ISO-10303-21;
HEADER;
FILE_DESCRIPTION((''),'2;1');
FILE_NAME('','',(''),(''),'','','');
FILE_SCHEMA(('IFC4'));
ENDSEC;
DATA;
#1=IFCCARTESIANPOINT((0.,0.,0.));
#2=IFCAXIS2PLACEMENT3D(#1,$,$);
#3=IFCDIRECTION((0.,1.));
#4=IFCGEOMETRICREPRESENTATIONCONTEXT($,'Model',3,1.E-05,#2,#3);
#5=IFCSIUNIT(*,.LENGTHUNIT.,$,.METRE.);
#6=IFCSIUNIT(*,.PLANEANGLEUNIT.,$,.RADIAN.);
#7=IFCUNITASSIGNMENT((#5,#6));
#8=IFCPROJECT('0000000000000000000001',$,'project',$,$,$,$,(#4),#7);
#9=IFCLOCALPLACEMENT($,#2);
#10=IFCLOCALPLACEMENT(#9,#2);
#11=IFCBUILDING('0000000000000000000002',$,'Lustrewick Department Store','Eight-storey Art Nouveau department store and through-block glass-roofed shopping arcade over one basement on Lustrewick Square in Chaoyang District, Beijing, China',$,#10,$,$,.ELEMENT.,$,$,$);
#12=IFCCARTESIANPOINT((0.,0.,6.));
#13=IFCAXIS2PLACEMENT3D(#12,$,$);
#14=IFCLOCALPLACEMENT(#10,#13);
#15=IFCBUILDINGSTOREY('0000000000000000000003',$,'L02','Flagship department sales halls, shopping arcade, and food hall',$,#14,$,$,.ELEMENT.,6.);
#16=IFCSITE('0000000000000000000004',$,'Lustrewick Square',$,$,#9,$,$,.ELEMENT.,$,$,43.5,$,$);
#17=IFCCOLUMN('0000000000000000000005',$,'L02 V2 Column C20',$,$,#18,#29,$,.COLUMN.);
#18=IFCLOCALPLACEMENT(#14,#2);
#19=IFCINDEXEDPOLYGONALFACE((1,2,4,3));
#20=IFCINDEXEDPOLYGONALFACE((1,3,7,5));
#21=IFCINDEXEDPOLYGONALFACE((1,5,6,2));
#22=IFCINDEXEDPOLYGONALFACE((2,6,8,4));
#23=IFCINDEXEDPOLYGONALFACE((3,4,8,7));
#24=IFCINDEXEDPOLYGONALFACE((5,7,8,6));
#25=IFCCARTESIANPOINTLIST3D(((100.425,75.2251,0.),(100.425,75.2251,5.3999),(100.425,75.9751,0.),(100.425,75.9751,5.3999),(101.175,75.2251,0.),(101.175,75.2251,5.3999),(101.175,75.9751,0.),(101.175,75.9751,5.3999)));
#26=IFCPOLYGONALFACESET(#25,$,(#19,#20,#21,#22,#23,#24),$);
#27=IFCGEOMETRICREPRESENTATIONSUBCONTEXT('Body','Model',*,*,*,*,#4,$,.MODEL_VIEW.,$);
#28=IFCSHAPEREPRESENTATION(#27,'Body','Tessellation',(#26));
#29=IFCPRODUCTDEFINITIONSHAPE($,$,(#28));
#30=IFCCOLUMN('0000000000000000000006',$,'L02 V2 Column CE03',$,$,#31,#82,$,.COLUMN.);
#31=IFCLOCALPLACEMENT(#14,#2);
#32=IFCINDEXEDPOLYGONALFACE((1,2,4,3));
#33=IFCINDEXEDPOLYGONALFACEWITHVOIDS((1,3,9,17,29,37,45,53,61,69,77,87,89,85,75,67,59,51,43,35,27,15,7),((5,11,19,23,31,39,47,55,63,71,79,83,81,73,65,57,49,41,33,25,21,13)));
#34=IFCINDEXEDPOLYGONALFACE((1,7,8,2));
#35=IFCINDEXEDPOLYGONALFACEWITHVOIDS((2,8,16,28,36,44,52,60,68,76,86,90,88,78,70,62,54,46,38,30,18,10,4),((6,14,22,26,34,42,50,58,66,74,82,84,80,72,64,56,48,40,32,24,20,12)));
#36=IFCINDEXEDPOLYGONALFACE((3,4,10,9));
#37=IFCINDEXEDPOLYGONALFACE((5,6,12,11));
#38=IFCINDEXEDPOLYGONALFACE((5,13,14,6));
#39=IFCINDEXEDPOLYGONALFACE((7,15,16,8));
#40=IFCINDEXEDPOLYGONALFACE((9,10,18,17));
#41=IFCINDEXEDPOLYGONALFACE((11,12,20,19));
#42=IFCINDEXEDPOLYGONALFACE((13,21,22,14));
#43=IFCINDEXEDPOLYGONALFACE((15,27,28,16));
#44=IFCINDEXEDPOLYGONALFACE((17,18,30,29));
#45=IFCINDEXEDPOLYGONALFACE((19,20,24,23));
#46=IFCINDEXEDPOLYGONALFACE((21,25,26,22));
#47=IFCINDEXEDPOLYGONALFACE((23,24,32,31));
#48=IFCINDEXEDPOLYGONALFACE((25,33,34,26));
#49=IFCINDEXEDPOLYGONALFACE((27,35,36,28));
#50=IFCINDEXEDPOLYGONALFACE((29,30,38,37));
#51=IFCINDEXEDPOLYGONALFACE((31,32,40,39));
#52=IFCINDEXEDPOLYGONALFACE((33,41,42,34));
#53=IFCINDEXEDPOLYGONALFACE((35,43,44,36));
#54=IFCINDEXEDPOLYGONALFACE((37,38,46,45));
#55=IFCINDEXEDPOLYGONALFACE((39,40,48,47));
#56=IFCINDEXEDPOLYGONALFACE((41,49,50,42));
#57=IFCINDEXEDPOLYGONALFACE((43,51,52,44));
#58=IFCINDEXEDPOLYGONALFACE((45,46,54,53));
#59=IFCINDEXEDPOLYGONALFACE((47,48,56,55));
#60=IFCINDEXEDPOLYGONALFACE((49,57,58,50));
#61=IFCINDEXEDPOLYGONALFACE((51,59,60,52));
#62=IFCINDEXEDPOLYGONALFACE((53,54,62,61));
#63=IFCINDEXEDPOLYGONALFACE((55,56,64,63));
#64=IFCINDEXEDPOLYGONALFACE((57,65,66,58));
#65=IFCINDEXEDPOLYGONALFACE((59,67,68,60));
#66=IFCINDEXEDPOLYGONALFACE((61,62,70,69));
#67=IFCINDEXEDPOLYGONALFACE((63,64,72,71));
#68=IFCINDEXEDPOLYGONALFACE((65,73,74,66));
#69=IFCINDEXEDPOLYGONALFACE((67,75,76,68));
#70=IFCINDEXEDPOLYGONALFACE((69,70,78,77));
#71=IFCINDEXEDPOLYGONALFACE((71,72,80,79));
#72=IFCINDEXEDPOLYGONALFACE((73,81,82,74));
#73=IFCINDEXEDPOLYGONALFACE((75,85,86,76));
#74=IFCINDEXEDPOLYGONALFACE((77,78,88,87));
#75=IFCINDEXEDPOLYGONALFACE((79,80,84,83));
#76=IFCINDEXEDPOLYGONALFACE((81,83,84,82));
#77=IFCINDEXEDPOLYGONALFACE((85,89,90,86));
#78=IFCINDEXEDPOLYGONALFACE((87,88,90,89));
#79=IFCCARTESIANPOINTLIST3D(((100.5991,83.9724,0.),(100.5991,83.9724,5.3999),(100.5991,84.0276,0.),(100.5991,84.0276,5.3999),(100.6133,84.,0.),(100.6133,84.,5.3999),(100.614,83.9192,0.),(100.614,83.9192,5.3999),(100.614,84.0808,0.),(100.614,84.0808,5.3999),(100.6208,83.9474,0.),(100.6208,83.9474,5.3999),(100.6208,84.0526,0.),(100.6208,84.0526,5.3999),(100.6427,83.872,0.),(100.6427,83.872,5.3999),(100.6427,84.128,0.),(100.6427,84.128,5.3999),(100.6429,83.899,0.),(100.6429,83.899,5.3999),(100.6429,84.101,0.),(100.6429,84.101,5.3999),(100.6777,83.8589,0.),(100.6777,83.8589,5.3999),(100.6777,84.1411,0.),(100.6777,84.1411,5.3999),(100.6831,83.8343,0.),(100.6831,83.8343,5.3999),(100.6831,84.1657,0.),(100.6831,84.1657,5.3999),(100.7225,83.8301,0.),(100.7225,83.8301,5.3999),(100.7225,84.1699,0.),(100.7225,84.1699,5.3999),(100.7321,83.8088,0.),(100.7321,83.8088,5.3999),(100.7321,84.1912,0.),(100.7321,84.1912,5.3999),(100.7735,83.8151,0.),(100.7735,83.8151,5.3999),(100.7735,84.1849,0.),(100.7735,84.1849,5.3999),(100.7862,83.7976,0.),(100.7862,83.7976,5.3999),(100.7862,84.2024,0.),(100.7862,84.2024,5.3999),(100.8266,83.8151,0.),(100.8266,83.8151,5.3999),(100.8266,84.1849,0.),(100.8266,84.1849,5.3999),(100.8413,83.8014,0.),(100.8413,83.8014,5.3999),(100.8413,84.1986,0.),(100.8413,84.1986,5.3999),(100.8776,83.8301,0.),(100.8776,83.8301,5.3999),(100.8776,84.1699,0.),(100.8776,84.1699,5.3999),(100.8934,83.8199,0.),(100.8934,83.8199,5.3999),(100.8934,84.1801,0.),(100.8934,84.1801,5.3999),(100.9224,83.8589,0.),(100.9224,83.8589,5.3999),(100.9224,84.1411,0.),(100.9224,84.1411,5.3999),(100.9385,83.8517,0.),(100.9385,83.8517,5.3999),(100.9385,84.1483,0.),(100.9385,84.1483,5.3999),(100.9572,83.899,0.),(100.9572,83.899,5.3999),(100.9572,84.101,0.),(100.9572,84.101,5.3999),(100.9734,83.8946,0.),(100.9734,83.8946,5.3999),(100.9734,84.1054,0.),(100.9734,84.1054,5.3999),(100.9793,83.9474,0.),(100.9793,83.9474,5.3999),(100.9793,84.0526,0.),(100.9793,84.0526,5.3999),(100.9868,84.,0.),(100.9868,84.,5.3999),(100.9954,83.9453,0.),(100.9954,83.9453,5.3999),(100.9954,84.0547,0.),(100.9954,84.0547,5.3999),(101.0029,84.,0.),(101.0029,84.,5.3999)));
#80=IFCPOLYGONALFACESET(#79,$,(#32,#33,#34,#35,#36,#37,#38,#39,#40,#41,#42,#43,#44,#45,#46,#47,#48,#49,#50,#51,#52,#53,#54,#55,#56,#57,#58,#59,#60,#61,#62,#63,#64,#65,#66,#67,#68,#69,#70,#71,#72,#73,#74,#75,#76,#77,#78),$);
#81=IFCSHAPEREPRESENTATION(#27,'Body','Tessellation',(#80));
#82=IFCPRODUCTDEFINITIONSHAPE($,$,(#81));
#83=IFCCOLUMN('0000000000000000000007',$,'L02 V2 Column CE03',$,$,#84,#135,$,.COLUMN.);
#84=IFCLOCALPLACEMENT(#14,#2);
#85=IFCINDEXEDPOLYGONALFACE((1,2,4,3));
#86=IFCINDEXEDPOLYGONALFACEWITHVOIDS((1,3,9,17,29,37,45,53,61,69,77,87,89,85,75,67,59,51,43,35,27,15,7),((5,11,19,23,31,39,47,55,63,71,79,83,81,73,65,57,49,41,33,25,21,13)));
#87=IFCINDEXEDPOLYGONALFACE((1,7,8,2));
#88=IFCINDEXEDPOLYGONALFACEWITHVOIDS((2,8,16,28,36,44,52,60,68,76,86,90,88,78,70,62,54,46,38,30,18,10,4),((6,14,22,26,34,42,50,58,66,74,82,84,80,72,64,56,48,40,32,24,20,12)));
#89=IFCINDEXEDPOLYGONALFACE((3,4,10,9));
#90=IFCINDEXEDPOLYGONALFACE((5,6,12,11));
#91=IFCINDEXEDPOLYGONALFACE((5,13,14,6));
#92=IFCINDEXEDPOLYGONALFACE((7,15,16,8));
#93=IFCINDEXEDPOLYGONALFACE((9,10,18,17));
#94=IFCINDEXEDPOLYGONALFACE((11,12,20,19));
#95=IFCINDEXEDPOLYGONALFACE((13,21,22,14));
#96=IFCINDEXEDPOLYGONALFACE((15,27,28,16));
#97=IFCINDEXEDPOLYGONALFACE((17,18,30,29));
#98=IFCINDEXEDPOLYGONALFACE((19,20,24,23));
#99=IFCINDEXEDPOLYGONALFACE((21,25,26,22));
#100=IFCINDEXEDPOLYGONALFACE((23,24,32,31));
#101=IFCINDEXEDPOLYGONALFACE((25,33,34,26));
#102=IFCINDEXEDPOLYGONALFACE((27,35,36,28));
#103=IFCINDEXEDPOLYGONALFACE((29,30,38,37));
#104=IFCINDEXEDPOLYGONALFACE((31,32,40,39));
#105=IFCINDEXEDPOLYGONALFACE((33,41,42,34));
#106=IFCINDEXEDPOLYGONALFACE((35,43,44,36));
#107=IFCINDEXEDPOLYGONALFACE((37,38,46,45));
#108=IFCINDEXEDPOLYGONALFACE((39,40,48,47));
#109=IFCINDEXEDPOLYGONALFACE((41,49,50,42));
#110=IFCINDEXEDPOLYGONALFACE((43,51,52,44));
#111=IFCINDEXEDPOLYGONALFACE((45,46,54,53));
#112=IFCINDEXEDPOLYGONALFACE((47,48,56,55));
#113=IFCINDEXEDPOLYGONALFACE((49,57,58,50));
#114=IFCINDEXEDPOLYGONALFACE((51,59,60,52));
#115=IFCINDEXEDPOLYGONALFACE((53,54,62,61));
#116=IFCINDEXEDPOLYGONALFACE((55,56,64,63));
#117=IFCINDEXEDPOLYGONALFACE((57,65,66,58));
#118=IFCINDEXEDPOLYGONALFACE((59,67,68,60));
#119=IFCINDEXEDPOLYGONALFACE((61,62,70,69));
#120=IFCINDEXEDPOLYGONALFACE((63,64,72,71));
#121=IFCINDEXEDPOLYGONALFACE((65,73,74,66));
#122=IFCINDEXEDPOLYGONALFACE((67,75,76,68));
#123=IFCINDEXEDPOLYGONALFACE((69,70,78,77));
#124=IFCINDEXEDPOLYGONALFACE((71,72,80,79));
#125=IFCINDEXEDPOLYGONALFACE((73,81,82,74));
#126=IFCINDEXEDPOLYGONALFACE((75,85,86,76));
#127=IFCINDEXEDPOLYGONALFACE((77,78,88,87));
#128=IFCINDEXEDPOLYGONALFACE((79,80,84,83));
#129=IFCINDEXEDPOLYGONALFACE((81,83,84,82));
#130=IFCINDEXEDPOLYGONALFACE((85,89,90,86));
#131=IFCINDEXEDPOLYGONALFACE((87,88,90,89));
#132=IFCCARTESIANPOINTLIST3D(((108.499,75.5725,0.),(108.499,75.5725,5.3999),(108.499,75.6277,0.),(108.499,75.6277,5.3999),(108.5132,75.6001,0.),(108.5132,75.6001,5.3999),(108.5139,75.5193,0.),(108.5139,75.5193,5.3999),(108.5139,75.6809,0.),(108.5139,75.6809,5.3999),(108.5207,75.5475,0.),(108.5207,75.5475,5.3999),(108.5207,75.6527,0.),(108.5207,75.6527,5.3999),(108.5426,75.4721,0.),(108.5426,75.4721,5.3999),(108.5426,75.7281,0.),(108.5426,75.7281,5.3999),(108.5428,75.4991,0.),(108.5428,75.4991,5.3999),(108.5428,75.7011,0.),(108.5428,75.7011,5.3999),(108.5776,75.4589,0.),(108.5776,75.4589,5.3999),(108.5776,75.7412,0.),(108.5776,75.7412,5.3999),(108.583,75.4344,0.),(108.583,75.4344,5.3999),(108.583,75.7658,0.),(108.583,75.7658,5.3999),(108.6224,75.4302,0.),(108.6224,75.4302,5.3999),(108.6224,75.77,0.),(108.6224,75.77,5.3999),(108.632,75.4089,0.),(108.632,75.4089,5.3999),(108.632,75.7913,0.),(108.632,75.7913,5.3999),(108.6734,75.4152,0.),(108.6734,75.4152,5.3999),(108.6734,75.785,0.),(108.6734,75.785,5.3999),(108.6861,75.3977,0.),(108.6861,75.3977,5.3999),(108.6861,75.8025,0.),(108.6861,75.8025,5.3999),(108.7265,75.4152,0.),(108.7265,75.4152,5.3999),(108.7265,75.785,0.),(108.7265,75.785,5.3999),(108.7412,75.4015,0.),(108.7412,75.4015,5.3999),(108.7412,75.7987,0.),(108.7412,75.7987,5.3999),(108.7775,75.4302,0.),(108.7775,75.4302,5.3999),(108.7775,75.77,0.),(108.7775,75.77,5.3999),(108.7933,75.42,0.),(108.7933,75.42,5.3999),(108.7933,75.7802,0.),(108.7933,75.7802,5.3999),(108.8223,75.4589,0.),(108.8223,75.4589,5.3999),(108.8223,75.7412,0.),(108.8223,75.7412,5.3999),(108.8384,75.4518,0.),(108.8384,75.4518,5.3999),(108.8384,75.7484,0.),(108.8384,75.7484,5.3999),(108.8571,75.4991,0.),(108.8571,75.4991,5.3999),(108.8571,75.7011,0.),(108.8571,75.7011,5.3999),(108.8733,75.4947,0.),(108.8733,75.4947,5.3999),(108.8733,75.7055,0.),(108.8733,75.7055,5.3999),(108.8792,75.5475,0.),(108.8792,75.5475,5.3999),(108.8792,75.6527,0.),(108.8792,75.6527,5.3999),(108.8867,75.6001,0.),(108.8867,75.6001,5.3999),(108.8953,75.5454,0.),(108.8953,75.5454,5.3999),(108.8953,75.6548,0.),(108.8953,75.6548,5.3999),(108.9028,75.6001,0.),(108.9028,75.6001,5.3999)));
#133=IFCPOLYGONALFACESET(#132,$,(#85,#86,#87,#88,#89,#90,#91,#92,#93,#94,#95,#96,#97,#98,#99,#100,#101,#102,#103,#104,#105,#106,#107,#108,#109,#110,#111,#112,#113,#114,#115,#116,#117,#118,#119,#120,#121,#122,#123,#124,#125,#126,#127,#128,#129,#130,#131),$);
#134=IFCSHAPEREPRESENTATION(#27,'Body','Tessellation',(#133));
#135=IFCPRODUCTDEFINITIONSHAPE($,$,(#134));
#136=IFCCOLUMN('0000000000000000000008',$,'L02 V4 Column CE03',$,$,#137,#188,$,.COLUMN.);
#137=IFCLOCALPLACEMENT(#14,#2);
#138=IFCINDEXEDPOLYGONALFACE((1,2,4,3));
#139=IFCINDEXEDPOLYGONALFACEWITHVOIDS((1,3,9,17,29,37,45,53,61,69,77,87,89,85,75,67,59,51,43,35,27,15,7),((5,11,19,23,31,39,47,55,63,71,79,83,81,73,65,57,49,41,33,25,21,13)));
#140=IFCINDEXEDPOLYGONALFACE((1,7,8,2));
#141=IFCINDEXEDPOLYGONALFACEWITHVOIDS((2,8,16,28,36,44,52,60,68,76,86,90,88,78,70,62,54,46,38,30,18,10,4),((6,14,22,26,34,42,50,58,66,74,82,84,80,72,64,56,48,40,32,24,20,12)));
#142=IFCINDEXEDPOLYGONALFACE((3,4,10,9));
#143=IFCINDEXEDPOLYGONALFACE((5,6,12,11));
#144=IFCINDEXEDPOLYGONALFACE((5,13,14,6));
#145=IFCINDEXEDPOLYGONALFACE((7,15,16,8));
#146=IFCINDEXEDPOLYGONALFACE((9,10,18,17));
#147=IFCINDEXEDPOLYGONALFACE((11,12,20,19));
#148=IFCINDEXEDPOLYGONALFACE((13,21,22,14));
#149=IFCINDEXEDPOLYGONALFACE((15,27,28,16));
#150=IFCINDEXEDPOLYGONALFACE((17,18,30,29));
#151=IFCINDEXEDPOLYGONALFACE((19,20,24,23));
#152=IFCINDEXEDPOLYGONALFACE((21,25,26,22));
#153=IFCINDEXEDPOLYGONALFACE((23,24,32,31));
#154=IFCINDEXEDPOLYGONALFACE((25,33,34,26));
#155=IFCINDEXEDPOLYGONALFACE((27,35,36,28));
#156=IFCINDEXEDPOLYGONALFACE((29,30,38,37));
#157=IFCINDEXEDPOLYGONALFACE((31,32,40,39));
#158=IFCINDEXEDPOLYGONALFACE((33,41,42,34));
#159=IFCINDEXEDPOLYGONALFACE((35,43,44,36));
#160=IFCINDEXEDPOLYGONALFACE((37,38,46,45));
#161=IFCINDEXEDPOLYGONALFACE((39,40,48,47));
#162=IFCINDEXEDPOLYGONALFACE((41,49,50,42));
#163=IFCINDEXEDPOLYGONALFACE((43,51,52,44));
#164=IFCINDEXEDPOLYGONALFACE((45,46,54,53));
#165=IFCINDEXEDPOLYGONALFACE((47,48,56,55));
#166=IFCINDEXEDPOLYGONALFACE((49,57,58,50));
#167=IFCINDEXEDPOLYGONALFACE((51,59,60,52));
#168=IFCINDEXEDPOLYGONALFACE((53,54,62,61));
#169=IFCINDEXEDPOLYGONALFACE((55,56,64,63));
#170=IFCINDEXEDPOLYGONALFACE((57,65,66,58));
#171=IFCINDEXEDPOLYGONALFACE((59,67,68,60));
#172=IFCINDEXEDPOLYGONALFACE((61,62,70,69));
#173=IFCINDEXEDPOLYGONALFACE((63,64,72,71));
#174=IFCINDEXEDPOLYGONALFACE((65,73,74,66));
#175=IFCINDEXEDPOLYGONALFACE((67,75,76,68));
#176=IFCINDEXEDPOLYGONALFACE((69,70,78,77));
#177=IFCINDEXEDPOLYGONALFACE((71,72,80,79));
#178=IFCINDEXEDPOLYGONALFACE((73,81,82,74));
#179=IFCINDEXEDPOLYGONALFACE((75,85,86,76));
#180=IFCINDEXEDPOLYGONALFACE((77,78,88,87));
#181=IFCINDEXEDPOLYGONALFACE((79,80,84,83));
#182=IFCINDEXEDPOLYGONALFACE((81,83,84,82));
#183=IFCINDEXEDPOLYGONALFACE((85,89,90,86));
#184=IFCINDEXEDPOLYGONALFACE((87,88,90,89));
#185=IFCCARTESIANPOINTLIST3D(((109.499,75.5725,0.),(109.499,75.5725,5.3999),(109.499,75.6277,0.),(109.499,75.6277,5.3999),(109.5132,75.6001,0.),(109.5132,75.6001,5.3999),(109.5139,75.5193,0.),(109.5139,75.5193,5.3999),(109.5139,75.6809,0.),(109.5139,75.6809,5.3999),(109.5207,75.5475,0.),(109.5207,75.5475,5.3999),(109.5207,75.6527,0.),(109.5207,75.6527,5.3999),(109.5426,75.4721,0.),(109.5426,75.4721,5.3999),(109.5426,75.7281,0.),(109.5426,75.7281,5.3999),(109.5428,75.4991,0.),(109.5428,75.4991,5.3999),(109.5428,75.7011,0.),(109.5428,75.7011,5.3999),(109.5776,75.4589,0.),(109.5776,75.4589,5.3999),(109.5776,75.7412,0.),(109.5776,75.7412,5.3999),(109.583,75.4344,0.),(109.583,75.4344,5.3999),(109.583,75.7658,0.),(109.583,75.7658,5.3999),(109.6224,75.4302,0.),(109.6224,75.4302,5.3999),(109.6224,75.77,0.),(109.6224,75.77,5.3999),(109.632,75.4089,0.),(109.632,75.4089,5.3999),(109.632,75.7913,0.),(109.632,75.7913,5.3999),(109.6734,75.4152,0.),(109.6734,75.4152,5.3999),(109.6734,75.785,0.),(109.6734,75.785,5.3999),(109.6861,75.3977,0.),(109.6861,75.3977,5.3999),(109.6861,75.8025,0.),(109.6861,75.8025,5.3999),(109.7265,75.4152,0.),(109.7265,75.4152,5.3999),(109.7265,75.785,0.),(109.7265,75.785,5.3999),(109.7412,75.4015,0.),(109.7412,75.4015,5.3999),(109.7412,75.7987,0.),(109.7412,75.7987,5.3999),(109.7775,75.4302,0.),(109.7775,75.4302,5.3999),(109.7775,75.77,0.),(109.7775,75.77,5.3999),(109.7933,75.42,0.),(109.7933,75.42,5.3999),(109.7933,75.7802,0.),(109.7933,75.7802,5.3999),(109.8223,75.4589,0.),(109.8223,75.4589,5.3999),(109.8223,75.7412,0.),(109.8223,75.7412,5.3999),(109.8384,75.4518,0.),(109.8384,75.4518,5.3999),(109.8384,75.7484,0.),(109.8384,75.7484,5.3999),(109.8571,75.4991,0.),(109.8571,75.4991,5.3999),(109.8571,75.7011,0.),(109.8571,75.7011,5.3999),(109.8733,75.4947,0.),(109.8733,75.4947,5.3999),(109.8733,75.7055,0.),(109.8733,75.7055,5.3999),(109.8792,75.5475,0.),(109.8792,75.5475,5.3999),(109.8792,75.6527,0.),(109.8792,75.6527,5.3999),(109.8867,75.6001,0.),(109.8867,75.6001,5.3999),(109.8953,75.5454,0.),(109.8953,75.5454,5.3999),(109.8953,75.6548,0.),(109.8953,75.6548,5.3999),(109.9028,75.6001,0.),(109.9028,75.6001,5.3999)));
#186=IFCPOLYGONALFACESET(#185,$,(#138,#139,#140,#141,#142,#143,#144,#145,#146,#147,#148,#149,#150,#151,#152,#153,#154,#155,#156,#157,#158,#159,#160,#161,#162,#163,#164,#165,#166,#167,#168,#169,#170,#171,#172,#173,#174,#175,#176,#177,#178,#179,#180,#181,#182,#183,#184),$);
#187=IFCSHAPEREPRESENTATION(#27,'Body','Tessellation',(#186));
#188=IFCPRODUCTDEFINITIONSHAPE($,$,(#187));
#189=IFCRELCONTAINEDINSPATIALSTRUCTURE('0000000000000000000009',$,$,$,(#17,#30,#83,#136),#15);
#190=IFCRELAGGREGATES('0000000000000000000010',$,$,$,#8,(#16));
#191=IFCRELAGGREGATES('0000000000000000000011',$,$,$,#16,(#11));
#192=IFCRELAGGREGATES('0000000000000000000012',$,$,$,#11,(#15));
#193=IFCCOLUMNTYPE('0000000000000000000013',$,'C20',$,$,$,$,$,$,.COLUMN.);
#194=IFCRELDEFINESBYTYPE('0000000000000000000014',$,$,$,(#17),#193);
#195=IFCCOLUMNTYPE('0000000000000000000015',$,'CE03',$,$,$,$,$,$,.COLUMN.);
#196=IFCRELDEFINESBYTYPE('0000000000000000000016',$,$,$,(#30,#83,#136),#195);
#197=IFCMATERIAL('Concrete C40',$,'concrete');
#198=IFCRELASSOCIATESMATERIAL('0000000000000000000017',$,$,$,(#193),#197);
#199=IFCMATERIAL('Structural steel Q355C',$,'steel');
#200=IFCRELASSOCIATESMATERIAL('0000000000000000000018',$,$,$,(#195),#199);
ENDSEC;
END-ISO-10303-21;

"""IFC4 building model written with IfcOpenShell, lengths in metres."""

from ifc_helpers import new_model, si_unit, direction, frame, origin, origin_2d, place, context, subcontext, project, spatial, rectangle, hollow_circle, extrude, material, material_profile, profile_set, type_object, element, save


model = new_model("IFC4")

# Units and contexts
model_context = context("Model", 3, precision=1e-05, world=origin(), true_north=direction((0.0, 1.0)))
body_context = subcontext(model_context, "Body", "Model", "MODEL_VIEW")
ifc_project = project(units=[si_unit("LENGTHUNIT", "METRE"), si_unit("PLANEANGLEUNIT", "RADIAN")], contexts=[model_context])

# Site, building, storey
site_placement = place(None, origin())
site = spatial("IfcSite", under=ifc_project, at=site_placement, Name="Lustrewick Square", CompositionType="ELEMENT", RefElevation=43.5)
building_placement = place(site_placement, origin())
building = spatial("IfcBuilding", under=site, at=building_placement, Name="Lustrewick Department Store", Description="Eight-storey Art Nouveau department store and through-block glass-roofed shopping arcade over one basement on Lustrewick Square in Chaoyang District, Beijing, China", CompositionType="ELEMENT")
storey_placement = place(building_placement, frame((0.0, 0.0, 6.0)))
storey = spatial("IfcBuildingStorey", under=building, at=storey_placement, Name="L02", Description="Flagship department sales halls, shopping arcade, and food hall", CompositionType="ELEMENT", Elevation=6.0)

# Columns
ifc_material_1 = material(Name="Concrete C40", Category="concrete")
ifc_material_profile_1 = material_profile(ifc_material_1, rectangle(XDim=0.75, YDim=0.75, at=origin_2d()), Name="RC 750x750")
ifc_profile_set_1 = profile_set([ifc_material_profile_1], Name="Concrete C40")
column_type_1 = type_object("IfcColumnType", Name="C20", PredefinedType="COLUMN", material=ifc_profile_set_1)
column_1_placement = place(storey_placement, frame((100.8, 75.6001, 0.0), z_axis=(0.0, 0.0, 1.0), x_axis=(1.0, 0.0, 0.0)))
element("IfcColumn", 1, at=column_1_placement, inside=storey, type_object=column_type_1, Name="L02 V2 Column C20", PredefinedType="COLUMN", context=body_context, shape_type="SweptSolid", body=[
    extrude(rectangle(XDim=0.75, YDim=0.75, at=origin_2d()), origin(), (0.0, 0.0, 1.0), 5.3999),
])
ifc_material_2 = material(Name="Structural steel Q355C", Category="steel")
ifc_material_profile_2 = material_profile(ifc_material_2, hollow_circle(Radius=0.2029, WallThickness=0.0161, at=origin_2d()), Name="CHS 406x16")
ifc_profile_set_2 = profile_set([ifc_material_profile_2], Name="Structural steel Q355C")
column_type_2 = type_object("IfcColumnType", Name="CE03", PredefinedType="COLUMN", material=ifc_profile_set_2)
for number, where, z_axis, x_axis, name in (
    (2, (100.8, 84.0, 0.0), (0.0, 0.0, 1.0), (1.0, 0.0, 0.0), "L02 V2 Column CE03"),
    (3, (108.7, 75.6001, 0.0), (0.0, 0.0, 1.0), (1.0, 0.0, 0.0), "L02 V2 Column CE03"),
    (4, (109.7, 75.6001, 0.0), (0.0, 0.0, 1.0), (1.0, 0.0, 0.0), "L02 V4 Column CE03"),
):
    element("IfcColumn", number, at=place(storey_placement, frame(where, z_axis=z_axis, x_axis=x_axis)), inside=storey, type_object=column_type_2, Name=name, PredefinedType="COLUMN", context=body_context, shape_type="SweptSolid", body=[
        extrude(hollow_circle(Radius=0.2029, WallThickness=0.0161, at=origin_2d()), origin(), (0.0, 0.0, 1.0), 5.3999),
    ])

save(model, "model.ifc")
